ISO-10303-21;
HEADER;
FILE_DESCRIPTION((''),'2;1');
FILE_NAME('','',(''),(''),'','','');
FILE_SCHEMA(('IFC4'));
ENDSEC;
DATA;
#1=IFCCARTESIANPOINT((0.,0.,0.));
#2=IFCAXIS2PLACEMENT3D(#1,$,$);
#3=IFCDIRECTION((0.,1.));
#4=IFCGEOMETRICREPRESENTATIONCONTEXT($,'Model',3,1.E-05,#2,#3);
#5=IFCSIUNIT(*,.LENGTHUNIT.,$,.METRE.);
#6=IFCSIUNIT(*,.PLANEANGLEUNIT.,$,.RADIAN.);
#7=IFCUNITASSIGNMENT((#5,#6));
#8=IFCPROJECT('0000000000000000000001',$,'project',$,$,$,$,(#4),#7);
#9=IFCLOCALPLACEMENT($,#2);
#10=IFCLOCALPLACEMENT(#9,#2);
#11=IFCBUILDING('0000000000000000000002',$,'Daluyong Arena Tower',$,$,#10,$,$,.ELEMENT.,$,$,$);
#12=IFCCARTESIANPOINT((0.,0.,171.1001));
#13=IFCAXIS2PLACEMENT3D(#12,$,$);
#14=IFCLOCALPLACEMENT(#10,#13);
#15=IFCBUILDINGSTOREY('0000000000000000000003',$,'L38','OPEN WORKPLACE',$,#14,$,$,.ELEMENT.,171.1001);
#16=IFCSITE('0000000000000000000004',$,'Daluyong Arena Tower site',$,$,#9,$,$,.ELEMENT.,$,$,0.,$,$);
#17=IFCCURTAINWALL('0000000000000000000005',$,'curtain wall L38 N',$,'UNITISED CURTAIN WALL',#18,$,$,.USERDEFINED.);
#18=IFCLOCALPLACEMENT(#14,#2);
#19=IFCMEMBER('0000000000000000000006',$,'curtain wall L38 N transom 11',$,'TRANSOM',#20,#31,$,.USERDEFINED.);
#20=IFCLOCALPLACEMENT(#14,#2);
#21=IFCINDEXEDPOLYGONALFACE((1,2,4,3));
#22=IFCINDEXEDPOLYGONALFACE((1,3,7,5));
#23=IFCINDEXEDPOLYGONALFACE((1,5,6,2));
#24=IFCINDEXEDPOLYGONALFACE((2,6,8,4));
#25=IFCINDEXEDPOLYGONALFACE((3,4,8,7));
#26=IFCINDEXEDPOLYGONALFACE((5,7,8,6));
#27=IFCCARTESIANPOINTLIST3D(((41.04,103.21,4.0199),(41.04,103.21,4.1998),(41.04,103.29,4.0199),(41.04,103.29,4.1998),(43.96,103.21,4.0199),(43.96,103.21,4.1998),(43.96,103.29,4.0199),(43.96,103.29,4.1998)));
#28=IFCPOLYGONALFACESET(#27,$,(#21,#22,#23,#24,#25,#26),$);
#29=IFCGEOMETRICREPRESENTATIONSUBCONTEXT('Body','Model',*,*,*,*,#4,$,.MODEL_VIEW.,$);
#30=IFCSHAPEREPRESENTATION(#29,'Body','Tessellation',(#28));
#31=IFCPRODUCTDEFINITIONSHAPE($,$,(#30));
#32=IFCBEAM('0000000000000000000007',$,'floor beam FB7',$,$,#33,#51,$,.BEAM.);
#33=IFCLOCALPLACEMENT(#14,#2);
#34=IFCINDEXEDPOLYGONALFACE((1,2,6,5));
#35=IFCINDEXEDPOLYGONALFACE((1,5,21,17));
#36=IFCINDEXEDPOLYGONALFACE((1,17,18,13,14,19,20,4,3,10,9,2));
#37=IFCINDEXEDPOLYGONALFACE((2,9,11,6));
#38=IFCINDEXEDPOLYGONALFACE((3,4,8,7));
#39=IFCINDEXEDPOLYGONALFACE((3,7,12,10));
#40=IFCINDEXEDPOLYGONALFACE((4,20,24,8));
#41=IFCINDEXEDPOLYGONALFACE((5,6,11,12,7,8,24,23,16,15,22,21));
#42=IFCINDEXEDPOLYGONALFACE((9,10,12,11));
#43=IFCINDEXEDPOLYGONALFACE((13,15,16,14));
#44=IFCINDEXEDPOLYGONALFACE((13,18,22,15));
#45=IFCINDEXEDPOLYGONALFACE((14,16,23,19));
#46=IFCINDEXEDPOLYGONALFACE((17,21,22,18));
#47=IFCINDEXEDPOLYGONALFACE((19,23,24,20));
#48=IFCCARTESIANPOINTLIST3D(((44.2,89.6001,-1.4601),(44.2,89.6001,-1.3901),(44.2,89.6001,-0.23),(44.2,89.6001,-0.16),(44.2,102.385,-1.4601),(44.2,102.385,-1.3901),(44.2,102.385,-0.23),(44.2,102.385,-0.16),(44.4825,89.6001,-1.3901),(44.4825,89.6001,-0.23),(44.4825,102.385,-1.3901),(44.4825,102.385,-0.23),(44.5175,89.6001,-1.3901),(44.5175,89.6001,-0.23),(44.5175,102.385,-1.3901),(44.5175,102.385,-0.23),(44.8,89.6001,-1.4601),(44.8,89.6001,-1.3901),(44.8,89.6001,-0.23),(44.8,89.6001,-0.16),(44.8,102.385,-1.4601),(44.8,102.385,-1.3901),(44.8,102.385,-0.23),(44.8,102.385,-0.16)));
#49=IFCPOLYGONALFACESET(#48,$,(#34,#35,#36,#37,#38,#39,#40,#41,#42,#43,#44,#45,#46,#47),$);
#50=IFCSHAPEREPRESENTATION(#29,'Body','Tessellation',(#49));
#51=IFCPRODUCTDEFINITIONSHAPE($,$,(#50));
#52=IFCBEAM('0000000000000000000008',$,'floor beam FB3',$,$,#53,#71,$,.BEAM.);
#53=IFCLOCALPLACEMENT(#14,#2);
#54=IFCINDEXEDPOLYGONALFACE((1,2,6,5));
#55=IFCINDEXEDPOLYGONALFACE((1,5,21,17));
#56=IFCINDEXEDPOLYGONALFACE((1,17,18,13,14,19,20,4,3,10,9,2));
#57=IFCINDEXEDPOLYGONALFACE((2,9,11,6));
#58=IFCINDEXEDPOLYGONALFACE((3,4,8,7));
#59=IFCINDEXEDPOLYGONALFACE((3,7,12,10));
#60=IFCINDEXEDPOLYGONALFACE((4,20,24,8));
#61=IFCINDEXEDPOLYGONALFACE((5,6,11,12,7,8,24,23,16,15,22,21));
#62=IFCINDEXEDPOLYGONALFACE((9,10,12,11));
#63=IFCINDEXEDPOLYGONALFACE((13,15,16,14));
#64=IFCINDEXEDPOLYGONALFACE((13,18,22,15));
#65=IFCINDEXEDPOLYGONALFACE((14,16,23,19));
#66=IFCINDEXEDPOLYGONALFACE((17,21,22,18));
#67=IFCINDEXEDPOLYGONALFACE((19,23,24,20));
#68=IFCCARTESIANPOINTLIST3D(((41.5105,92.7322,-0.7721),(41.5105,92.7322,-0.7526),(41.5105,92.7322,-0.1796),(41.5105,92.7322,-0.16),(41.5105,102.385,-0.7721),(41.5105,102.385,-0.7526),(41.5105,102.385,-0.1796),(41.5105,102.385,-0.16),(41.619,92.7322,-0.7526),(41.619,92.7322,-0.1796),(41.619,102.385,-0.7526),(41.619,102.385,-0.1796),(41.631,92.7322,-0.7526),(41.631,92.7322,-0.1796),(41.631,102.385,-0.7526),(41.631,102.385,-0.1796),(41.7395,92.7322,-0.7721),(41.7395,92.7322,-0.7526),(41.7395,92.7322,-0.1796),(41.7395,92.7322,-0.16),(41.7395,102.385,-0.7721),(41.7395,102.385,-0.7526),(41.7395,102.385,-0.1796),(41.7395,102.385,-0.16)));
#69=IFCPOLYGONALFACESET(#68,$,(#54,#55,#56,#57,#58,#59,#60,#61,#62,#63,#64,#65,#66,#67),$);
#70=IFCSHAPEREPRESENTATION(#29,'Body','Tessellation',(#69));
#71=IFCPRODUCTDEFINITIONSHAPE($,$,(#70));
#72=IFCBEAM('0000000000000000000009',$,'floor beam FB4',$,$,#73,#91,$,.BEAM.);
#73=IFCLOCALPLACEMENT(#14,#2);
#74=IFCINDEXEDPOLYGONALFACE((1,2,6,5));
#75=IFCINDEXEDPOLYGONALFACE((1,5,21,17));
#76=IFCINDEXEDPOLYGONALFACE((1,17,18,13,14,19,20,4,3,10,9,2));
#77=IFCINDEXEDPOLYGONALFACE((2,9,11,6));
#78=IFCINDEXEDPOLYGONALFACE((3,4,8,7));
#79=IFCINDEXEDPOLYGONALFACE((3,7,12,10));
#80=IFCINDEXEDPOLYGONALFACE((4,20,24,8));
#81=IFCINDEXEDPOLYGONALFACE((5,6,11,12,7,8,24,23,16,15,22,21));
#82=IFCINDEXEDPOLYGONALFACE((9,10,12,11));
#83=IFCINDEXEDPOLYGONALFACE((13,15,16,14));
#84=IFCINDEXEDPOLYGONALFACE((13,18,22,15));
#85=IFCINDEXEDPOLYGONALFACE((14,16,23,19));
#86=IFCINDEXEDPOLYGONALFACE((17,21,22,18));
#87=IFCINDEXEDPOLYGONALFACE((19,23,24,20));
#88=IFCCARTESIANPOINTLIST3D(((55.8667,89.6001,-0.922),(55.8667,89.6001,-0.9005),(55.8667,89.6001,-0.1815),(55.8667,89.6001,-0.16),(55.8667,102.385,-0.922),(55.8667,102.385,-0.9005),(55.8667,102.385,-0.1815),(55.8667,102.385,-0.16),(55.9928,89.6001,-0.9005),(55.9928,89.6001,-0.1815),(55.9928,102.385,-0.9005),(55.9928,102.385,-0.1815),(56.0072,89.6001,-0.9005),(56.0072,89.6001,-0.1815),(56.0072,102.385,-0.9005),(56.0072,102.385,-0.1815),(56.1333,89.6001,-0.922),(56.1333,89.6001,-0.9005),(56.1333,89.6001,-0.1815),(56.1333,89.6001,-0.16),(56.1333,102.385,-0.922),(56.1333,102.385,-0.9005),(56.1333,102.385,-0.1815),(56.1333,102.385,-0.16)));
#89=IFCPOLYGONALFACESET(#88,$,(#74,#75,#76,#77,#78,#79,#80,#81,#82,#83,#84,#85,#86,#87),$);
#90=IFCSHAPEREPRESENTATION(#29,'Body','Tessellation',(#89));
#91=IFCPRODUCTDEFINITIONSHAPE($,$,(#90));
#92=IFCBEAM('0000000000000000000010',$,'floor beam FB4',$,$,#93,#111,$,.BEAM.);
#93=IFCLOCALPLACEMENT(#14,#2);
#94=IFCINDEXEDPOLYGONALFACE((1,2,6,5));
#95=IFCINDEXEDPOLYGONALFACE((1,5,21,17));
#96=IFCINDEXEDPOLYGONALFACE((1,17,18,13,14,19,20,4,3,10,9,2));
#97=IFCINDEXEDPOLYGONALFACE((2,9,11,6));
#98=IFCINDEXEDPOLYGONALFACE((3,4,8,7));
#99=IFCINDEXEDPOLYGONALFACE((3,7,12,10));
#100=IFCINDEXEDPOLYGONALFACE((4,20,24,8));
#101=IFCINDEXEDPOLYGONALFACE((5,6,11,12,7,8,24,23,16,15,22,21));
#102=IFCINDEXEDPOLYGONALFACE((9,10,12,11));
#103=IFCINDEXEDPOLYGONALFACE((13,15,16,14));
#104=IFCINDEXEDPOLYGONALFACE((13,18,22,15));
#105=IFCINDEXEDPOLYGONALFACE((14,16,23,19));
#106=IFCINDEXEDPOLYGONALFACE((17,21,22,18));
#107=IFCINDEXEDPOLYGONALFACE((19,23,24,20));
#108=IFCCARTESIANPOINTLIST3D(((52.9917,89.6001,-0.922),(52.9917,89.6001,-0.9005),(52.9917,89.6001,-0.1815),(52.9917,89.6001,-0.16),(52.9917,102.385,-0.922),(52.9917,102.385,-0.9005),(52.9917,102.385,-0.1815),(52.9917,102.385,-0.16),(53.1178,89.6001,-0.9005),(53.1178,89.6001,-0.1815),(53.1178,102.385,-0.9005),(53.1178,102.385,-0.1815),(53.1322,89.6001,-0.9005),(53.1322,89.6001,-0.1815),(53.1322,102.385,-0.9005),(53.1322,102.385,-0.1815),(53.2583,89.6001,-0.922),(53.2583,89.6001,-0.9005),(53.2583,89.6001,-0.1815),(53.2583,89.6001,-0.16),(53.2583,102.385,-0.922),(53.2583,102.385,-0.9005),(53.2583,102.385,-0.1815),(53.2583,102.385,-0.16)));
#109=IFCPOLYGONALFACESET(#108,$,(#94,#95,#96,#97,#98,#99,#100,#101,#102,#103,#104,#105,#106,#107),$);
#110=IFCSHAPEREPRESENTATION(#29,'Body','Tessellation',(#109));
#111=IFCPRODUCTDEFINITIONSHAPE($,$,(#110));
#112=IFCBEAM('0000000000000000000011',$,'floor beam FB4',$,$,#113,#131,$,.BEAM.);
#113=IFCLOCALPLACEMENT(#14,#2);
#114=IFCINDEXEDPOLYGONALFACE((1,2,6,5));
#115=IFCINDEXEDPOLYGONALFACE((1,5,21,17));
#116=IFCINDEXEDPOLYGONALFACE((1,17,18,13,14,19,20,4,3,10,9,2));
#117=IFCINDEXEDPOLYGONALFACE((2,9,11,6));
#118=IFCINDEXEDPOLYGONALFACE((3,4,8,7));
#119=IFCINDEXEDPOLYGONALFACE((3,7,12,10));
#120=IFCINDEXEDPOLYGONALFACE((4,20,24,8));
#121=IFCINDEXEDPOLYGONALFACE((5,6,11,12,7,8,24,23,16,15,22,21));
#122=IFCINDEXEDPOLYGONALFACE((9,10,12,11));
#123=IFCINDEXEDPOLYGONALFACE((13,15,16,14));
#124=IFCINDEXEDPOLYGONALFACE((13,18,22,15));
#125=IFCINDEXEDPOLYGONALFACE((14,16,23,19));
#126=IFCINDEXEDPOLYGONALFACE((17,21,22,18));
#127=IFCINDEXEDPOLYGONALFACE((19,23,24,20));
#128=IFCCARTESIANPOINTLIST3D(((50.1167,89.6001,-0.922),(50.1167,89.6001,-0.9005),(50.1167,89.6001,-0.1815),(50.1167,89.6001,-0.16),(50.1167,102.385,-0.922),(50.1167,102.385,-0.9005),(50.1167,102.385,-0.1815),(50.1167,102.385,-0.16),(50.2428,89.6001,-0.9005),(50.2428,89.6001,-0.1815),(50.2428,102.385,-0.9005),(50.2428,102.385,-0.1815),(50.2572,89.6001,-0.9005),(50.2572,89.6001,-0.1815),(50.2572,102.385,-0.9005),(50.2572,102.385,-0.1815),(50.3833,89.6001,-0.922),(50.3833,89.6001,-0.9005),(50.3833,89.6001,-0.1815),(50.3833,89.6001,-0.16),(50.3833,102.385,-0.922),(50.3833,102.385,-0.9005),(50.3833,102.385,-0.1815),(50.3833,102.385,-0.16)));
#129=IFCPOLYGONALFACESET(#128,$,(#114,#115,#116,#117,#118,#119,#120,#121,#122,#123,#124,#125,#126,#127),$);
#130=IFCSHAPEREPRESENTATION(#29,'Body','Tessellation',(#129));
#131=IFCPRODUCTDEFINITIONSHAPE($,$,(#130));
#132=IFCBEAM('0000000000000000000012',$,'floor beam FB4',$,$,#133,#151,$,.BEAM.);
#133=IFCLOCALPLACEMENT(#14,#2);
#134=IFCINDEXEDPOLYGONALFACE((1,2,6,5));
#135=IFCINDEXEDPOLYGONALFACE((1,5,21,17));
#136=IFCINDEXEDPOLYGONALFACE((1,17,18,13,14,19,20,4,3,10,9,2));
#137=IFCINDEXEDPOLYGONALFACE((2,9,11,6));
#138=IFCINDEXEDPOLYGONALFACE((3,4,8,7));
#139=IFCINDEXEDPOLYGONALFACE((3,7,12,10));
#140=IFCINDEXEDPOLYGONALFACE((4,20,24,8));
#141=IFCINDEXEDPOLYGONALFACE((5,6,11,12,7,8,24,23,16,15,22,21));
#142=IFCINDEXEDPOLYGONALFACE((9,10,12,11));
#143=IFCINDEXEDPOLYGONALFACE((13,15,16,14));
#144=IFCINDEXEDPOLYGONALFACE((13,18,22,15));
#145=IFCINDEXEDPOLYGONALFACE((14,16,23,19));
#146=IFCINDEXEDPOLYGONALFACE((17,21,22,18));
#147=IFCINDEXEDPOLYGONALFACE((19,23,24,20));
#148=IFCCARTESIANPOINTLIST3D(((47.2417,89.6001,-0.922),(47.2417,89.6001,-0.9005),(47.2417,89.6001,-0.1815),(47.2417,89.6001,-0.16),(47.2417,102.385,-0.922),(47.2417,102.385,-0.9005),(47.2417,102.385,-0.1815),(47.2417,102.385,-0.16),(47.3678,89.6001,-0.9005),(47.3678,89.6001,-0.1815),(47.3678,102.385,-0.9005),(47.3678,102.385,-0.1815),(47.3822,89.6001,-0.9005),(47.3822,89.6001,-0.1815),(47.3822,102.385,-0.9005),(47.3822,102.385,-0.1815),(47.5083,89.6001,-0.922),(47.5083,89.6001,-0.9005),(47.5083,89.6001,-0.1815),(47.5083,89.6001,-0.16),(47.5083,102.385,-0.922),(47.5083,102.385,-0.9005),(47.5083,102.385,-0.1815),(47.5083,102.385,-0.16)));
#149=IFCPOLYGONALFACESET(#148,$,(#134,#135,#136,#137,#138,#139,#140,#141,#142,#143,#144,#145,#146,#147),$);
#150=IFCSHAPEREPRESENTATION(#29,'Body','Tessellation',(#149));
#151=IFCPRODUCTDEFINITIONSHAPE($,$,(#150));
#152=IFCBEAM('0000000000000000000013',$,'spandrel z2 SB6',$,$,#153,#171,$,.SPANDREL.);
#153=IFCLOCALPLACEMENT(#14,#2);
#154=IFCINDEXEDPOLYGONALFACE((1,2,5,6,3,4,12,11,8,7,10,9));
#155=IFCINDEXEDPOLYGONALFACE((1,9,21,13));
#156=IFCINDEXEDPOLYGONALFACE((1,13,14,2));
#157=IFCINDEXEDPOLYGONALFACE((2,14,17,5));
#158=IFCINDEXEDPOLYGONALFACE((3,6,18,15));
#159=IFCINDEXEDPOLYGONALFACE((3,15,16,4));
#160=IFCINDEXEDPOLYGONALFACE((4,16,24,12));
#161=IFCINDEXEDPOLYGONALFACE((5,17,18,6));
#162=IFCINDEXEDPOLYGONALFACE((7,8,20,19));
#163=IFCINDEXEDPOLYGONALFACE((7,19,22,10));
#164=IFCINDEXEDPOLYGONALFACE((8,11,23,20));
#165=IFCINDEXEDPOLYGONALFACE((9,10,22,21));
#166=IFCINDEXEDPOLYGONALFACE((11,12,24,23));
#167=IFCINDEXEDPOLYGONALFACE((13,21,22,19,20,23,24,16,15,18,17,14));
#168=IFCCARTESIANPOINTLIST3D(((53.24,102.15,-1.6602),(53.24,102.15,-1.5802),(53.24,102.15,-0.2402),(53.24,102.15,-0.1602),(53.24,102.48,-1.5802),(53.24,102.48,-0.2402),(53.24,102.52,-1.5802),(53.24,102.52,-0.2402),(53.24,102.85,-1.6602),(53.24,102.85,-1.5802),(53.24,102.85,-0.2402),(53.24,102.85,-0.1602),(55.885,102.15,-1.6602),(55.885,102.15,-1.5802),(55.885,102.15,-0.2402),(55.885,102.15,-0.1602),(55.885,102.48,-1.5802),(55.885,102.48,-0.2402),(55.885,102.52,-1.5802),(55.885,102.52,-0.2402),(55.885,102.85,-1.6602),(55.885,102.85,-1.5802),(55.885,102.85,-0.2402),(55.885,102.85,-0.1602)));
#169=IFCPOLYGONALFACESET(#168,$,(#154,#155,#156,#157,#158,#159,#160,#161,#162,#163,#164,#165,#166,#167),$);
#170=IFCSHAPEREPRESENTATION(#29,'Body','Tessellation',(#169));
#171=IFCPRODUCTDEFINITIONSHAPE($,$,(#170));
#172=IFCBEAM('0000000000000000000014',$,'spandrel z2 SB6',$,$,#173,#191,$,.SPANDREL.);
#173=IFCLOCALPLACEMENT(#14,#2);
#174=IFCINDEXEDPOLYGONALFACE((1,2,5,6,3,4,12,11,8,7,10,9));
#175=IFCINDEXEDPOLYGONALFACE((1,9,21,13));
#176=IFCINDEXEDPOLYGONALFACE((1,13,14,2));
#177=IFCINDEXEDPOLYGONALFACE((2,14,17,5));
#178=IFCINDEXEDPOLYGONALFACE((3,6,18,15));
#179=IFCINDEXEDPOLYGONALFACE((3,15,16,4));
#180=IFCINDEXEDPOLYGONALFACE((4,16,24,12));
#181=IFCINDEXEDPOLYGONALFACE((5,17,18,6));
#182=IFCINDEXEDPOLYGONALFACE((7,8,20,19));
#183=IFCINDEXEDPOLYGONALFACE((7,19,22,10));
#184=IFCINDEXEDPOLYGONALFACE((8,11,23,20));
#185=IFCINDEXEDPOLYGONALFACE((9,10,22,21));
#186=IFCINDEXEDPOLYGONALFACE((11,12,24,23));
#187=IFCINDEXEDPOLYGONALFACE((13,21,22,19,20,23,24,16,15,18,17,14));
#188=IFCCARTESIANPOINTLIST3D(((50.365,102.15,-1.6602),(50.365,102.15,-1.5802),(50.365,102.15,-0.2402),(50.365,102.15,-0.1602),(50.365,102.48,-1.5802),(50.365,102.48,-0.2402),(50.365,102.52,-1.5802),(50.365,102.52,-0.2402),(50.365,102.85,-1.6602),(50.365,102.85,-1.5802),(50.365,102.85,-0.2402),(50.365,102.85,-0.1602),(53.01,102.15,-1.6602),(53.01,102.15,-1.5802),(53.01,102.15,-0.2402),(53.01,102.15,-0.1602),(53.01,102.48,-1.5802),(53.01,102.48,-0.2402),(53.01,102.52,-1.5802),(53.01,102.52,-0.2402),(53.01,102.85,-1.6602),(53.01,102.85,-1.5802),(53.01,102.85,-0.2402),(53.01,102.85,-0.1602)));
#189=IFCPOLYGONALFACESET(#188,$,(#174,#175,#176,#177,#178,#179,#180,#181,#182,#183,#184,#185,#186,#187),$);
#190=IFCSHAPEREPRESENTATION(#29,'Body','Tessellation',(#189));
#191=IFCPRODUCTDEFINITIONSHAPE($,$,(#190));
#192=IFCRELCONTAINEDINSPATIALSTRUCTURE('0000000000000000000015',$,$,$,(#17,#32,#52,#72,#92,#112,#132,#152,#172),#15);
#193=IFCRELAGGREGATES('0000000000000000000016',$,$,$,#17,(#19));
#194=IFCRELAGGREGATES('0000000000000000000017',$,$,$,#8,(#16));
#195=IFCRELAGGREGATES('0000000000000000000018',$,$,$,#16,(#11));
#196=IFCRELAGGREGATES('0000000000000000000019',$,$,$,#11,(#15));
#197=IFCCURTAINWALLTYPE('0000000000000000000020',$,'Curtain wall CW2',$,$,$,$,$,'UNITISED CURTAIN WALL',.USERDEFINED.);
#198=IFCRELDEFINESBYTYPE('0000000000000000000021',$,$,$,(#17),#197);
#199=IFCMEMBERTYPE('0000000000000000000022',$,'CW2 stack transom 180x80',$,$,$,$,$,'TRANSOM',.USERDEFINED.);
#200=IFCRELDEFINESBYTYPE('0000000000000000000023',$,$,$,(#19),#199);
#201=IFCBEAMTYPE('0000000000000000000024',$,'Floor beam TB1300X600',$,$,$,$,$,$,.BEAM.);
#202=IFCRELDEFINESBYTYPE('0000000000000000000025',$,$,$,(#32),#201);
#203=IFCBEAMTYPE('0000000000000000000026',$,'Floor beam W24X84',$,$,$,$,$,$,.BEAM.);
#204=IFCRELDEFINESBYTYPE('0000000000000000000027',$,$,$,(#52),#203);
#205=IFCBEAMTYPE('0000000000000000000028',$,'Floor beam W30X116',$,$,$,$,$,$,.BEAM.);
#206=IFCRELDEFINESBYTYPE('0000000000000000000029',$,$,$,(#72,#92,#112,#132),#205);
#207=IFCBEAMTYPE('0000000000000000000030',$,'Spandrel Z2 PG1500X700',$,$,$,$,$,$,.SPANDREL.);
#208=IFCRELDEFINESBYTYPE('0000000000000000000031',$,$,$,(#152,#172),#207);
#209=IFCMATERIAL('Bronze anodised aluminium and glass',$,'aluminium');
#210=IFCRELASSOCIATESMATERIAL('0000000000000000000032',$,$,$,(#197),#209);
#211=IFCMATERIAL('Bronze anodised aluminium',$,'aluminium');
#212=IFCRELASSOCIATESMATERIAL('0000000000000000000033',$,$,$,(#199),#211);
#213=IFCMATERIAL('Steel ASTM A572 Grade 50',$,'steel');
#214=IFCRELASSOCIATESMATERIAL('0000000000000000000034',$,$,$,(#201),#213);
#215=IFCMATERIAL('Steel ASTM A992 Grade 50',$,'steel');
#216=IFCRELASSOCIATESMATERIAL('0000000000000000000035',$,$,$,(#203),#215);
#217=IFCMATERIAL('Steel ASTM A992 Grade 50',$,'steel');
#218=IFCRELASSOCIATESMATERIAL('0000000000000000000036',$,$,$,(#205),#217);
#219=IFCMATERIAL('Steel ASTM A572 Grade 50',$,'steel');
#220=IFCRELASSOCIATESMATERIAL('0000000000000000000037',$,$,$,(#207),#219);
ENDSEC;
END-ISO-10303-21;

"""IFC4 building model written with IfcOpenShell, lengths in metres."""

from ifc_helpers import new_model, si_unit, direction, frame, origin, origin_2d, place, context, subcontext, project, spatial, rectangle, i_section, extrude, material, material_profile, profile_set, type_object, element, aggregate, save


model = new_model("IFC4")

# Units and contexts
model_context = context("Model", 3, precision=1e-05, world=origin(), true_north=direction((0.0, 1.0)))
body_context = subcontext(model_context, "Body", "Model", "MODEL_VIEW")
ifc_project = project(units=[si_unit("LENGTHUNIT", "METRE"), si_unit("PLANEANGLEUNIT", "RADIAN")], contexts=[model_context])

# Site, building, storey
site_placement = place(None, origin())
site = spatial("IfcSite", under=ifc_project, at=site_placement, Name="Daluyong Arena Tower site", CompositionType="ELEMENT", RefElevation=0.0)
building_placement = place(site_placement, origin())
building = spatial("IfcBuilding", under=site, at=building_placement, Name="Daluyong Arena Tower", CompositionType="ELEMENT")
storey_placement = place(building_placement, frame((0.0, 0.0, 171.1001)))
storey = spatial("IfcBuildingStorey", under=building, at=storey_placement, Name="L38", Description="OPEN WORKPLACE", CompositionType="ELEMENT", Elevation=171.1001)

# Curtain wall, member
ifc_material_1 = material(Name="Bronze anodised aluminium and glass", Category="aluminium")
curtain_wall_type = type_object("IfcCurtainWallType", Name="Curtain wall CW2", ElementType="UNITISED CURTAIN WALL", PredefinedType="USERDEFINED", material=ifc_material_1)
curtain_wall_placement = place(storey_placement, origin())
curtain_wall = element("IfcCurtainWall", 1, at=curtain_wall_placement, inside=storey, type_object=curtain_wall_type, Name="curtain wall L38 N", ObjectType="UNITISED CURTAIN WALL", PredefinedType="USERDEFINED")
ifc_material_2 = material(Name="Bronze anodised aluminium", Category="aluminium")
ifc_material_profile_1 = material_profile(ifc_material_2, rectangle(XDim=0.0801, YDim=0.1799, at=origin_2d()))
ifc_profile_set_1 = profile_set([ifc_material_profile_1], Name="Bronze anodised aluminium")
member_type_1 = type_object("IfcMemberType", Name="CW2 stack transom 180x80", ElementType="TRANSOM", PredefinedType="USERDEFINED", material=ifc_profile_set_1)
member_1_placement = place(storey_placement, frame((43.96, 103.25, 4.1099), z_axis=(-1.0, 0.0, 0.0), x_axis=(0.0, -1.0, 0.0)))
member_1 = element("IfcMember", 2, at=member_1_placement, type_object=member_type_1, Name="curtain wall L38 N transom 11", ObjectType="TRANSOM", PredefinedType="USERDEFINED", context=body_context, shape_type="SweptSolid", body=[
    extrude(rectangle(XDim=0.0801, YDim=0.1799, at=origin_2d()), origin(), (0.0, 0.0, 1.0), 2.9199),
])

# Beams
ifc_material_3 = material(Name="Steel ASTM A572 Grade 50", Category="steel")
ifc_material_profile_2 = material_profile(ifc_material_3, i_section(OverallWidth=0.6001, OverallDepth=1.3, WebThickness=0.035, FlangeThickness=0.07, at=origin_2d()))
ifc_profile_set_2 = profile_set([ifc_material_profile_2], Name="Steel ASTM A572 Grade 50")
beam_type_1 = type_object("IfcBeamType", Name="Floor beam TB1300X600", PredefinedType="BEAM", material=ifc_profile_set_2)
beam_1_placement = place(storey_placement, frame((44.5, 102.385, -0.8101), z_axis=(0.0, -1.0, 0.0), x_axis=(1.0, 0.0, 0.0)))
element("IfcBeam", 3, at=beam_1_placement, inside=storey, type_object=beam_type_1, Name="floor beam FB7", PredefinedType="BEAM", context=body_context, shape_type="SweptSolid", body=[
    extrude(i_section(OverallWidth=0.6001, OverallDepth=1.3, WebThickness=0.035, FlangeThickness=0.07, at=origin_2d()), origin(), (0.0, 0.0, 1.0), 12.7849),
])
ifc_material_4 = material(Name="Steel ASTM A992 Grade 50", Category="steel")
ifc_material_profile_3 = material_profile(ifc_material_4, i_section(OverallWidth=0.229, OverallDepth=0.6121, WebThickness=0.012, FlangeThickness=0.0195, at=origin_2d()))
ifc_profile_set_3 = profile_set([ifc_material_profile_3], Name="Steel ASTM A992 Grade 50")
beam_type_2 = type_object("IfcBeamType", Name="Floor beam W24X84", PredefinedType="BEAM", material=ifc_profile_set_3)
beam_2_placement = place(storey_placement, frame((41.625, 102.385, -0.4661), z_axis=(0.0, -1.0, 0.0), x_axis=(1.0, 0.0, 0.0)))
element("IfcBeam", 4, at=beam_2_placement, inside=storey, type_object=beam_type_2, Name="floor beam FB3", PredefinedType="BEAM", context=body_context, shape_type="SweptSolid", body=[
    extrude(i_section(OverallWidth=0.229, OverallDepth=0.6121, WebThickness=0.012, FlangeThickness=0.0195, at=origin_2d()), origin(), (0.0, 0.0, 1.0), 9.6528),
])
ifc_material_5 = material(Name="Steel ASTM A992 Grade 50", Category="steel")
ifc_material_profile_4 = material_profile(ifc_material_5, i_section(OverallWidth=0.2666, OverallDepth=0.762, WebThickness=0.0144, FlangeThickness=0.0215, at=origin_2d()))
ifc_profile_set_4 = profile_set([ifc_material_profile_4], Name="Steel ASTM A992 Grade 50")
beam_type_3 = type_object("IfcBeamType", Name="Floor beam W30X116", PredefinedType="BEAM", material=ifc_profile_set_4)
for number, where, z_axis, x_axis, name in (
    (5, (56.0, 102.385, -0.541), (0.0, -1.0, 0.0), (1.0, 0.0, 0.0), "floor beam FB4"),
    (6, (53.125, 102.385, -0.541), (0.0, -1.0, 0.0), (1.0, 0.0, 0.0), "floor beam FB4"),
    (7, (50.25, 102.385, -0.541), (0.0, -1.0, 0.0), (1.0, 0.0, 0.0), "floor beam FB4"),
    (8, (47.375, 102.385, -0.541), (0.0, -1.0, 0.0), (1.0, 0.0, 0.0), "floor beam FB4"),
):
    element("IfcBeam", number, at=place(storey_placement, frame(where, z_axis=z_axis, x_axis=x_axis)), inside=storey, type_object=beam_type_3, Name=name, PredefinedType="BEAM", context=body_context, shape_type="SweptSolid", body=[
        extrude(i_section(OverallWidth=0.2666, OverallDepth=0.762, WebThickness=0.0144, FlangeThickness=0.0215, at=origin_2d()), origin(), (0.0, 0.0, 1.0), 12.7849),
    ])
ifc_material_6 = material(Name="Steel ASTM A572 Grade 50", Category="steel")
ifc_material_profile_5 = material_profile(ifc_material_6, i_section(OverallWidth=0.7, OverallDepth=1.5, WebThickness=0.04, FlangeThickness=0.08, at=origin_2d()))
ifc_profile_set_5 = profile_set([ifc_material_profile_5], Name="Steel ASTM A572 Grade 50")
beam_type_4 = type_object("IfcBeamType", Name="Spandrel Z2 PG1500X700", PredefinedType="SPANDREL", material=ifc_profile_set_5)
for number, where, z_axis, x_axis, name in (
    (9, (55.885, 102.5, -0.9102), (-1.0, 0.0, 0.0), (0.0, -1.0, 0.0), "spandrel z2 SB6"),
    (10, (53.01, 102.5, -0.9102), (-1.0, 0.0, 0.0), (0.0, -1.0, 0.0), "spandrel z2 SB6"),
):
    element("IfcBeam", number, at=place(storey_placement, frame(where, z_axis=z_axis, x_axis=x_axis)), inside=storey, type_object=beam_type_4, Name=name, PredefinedType="SPANDREL", context=body_context, shape_type="SweptSolid", body=[
        extrude(i_section(OverallWidth=0.7, OverallDepth=1.5, WebThickness=0.04, FlangeThickness=0.08, at=origin_2d()), origin(), (0.0, 0.0, 1.0), 2.645),
    ])

aggregate(curtain_wall, [member_1])

save(model, "model.ifc")
